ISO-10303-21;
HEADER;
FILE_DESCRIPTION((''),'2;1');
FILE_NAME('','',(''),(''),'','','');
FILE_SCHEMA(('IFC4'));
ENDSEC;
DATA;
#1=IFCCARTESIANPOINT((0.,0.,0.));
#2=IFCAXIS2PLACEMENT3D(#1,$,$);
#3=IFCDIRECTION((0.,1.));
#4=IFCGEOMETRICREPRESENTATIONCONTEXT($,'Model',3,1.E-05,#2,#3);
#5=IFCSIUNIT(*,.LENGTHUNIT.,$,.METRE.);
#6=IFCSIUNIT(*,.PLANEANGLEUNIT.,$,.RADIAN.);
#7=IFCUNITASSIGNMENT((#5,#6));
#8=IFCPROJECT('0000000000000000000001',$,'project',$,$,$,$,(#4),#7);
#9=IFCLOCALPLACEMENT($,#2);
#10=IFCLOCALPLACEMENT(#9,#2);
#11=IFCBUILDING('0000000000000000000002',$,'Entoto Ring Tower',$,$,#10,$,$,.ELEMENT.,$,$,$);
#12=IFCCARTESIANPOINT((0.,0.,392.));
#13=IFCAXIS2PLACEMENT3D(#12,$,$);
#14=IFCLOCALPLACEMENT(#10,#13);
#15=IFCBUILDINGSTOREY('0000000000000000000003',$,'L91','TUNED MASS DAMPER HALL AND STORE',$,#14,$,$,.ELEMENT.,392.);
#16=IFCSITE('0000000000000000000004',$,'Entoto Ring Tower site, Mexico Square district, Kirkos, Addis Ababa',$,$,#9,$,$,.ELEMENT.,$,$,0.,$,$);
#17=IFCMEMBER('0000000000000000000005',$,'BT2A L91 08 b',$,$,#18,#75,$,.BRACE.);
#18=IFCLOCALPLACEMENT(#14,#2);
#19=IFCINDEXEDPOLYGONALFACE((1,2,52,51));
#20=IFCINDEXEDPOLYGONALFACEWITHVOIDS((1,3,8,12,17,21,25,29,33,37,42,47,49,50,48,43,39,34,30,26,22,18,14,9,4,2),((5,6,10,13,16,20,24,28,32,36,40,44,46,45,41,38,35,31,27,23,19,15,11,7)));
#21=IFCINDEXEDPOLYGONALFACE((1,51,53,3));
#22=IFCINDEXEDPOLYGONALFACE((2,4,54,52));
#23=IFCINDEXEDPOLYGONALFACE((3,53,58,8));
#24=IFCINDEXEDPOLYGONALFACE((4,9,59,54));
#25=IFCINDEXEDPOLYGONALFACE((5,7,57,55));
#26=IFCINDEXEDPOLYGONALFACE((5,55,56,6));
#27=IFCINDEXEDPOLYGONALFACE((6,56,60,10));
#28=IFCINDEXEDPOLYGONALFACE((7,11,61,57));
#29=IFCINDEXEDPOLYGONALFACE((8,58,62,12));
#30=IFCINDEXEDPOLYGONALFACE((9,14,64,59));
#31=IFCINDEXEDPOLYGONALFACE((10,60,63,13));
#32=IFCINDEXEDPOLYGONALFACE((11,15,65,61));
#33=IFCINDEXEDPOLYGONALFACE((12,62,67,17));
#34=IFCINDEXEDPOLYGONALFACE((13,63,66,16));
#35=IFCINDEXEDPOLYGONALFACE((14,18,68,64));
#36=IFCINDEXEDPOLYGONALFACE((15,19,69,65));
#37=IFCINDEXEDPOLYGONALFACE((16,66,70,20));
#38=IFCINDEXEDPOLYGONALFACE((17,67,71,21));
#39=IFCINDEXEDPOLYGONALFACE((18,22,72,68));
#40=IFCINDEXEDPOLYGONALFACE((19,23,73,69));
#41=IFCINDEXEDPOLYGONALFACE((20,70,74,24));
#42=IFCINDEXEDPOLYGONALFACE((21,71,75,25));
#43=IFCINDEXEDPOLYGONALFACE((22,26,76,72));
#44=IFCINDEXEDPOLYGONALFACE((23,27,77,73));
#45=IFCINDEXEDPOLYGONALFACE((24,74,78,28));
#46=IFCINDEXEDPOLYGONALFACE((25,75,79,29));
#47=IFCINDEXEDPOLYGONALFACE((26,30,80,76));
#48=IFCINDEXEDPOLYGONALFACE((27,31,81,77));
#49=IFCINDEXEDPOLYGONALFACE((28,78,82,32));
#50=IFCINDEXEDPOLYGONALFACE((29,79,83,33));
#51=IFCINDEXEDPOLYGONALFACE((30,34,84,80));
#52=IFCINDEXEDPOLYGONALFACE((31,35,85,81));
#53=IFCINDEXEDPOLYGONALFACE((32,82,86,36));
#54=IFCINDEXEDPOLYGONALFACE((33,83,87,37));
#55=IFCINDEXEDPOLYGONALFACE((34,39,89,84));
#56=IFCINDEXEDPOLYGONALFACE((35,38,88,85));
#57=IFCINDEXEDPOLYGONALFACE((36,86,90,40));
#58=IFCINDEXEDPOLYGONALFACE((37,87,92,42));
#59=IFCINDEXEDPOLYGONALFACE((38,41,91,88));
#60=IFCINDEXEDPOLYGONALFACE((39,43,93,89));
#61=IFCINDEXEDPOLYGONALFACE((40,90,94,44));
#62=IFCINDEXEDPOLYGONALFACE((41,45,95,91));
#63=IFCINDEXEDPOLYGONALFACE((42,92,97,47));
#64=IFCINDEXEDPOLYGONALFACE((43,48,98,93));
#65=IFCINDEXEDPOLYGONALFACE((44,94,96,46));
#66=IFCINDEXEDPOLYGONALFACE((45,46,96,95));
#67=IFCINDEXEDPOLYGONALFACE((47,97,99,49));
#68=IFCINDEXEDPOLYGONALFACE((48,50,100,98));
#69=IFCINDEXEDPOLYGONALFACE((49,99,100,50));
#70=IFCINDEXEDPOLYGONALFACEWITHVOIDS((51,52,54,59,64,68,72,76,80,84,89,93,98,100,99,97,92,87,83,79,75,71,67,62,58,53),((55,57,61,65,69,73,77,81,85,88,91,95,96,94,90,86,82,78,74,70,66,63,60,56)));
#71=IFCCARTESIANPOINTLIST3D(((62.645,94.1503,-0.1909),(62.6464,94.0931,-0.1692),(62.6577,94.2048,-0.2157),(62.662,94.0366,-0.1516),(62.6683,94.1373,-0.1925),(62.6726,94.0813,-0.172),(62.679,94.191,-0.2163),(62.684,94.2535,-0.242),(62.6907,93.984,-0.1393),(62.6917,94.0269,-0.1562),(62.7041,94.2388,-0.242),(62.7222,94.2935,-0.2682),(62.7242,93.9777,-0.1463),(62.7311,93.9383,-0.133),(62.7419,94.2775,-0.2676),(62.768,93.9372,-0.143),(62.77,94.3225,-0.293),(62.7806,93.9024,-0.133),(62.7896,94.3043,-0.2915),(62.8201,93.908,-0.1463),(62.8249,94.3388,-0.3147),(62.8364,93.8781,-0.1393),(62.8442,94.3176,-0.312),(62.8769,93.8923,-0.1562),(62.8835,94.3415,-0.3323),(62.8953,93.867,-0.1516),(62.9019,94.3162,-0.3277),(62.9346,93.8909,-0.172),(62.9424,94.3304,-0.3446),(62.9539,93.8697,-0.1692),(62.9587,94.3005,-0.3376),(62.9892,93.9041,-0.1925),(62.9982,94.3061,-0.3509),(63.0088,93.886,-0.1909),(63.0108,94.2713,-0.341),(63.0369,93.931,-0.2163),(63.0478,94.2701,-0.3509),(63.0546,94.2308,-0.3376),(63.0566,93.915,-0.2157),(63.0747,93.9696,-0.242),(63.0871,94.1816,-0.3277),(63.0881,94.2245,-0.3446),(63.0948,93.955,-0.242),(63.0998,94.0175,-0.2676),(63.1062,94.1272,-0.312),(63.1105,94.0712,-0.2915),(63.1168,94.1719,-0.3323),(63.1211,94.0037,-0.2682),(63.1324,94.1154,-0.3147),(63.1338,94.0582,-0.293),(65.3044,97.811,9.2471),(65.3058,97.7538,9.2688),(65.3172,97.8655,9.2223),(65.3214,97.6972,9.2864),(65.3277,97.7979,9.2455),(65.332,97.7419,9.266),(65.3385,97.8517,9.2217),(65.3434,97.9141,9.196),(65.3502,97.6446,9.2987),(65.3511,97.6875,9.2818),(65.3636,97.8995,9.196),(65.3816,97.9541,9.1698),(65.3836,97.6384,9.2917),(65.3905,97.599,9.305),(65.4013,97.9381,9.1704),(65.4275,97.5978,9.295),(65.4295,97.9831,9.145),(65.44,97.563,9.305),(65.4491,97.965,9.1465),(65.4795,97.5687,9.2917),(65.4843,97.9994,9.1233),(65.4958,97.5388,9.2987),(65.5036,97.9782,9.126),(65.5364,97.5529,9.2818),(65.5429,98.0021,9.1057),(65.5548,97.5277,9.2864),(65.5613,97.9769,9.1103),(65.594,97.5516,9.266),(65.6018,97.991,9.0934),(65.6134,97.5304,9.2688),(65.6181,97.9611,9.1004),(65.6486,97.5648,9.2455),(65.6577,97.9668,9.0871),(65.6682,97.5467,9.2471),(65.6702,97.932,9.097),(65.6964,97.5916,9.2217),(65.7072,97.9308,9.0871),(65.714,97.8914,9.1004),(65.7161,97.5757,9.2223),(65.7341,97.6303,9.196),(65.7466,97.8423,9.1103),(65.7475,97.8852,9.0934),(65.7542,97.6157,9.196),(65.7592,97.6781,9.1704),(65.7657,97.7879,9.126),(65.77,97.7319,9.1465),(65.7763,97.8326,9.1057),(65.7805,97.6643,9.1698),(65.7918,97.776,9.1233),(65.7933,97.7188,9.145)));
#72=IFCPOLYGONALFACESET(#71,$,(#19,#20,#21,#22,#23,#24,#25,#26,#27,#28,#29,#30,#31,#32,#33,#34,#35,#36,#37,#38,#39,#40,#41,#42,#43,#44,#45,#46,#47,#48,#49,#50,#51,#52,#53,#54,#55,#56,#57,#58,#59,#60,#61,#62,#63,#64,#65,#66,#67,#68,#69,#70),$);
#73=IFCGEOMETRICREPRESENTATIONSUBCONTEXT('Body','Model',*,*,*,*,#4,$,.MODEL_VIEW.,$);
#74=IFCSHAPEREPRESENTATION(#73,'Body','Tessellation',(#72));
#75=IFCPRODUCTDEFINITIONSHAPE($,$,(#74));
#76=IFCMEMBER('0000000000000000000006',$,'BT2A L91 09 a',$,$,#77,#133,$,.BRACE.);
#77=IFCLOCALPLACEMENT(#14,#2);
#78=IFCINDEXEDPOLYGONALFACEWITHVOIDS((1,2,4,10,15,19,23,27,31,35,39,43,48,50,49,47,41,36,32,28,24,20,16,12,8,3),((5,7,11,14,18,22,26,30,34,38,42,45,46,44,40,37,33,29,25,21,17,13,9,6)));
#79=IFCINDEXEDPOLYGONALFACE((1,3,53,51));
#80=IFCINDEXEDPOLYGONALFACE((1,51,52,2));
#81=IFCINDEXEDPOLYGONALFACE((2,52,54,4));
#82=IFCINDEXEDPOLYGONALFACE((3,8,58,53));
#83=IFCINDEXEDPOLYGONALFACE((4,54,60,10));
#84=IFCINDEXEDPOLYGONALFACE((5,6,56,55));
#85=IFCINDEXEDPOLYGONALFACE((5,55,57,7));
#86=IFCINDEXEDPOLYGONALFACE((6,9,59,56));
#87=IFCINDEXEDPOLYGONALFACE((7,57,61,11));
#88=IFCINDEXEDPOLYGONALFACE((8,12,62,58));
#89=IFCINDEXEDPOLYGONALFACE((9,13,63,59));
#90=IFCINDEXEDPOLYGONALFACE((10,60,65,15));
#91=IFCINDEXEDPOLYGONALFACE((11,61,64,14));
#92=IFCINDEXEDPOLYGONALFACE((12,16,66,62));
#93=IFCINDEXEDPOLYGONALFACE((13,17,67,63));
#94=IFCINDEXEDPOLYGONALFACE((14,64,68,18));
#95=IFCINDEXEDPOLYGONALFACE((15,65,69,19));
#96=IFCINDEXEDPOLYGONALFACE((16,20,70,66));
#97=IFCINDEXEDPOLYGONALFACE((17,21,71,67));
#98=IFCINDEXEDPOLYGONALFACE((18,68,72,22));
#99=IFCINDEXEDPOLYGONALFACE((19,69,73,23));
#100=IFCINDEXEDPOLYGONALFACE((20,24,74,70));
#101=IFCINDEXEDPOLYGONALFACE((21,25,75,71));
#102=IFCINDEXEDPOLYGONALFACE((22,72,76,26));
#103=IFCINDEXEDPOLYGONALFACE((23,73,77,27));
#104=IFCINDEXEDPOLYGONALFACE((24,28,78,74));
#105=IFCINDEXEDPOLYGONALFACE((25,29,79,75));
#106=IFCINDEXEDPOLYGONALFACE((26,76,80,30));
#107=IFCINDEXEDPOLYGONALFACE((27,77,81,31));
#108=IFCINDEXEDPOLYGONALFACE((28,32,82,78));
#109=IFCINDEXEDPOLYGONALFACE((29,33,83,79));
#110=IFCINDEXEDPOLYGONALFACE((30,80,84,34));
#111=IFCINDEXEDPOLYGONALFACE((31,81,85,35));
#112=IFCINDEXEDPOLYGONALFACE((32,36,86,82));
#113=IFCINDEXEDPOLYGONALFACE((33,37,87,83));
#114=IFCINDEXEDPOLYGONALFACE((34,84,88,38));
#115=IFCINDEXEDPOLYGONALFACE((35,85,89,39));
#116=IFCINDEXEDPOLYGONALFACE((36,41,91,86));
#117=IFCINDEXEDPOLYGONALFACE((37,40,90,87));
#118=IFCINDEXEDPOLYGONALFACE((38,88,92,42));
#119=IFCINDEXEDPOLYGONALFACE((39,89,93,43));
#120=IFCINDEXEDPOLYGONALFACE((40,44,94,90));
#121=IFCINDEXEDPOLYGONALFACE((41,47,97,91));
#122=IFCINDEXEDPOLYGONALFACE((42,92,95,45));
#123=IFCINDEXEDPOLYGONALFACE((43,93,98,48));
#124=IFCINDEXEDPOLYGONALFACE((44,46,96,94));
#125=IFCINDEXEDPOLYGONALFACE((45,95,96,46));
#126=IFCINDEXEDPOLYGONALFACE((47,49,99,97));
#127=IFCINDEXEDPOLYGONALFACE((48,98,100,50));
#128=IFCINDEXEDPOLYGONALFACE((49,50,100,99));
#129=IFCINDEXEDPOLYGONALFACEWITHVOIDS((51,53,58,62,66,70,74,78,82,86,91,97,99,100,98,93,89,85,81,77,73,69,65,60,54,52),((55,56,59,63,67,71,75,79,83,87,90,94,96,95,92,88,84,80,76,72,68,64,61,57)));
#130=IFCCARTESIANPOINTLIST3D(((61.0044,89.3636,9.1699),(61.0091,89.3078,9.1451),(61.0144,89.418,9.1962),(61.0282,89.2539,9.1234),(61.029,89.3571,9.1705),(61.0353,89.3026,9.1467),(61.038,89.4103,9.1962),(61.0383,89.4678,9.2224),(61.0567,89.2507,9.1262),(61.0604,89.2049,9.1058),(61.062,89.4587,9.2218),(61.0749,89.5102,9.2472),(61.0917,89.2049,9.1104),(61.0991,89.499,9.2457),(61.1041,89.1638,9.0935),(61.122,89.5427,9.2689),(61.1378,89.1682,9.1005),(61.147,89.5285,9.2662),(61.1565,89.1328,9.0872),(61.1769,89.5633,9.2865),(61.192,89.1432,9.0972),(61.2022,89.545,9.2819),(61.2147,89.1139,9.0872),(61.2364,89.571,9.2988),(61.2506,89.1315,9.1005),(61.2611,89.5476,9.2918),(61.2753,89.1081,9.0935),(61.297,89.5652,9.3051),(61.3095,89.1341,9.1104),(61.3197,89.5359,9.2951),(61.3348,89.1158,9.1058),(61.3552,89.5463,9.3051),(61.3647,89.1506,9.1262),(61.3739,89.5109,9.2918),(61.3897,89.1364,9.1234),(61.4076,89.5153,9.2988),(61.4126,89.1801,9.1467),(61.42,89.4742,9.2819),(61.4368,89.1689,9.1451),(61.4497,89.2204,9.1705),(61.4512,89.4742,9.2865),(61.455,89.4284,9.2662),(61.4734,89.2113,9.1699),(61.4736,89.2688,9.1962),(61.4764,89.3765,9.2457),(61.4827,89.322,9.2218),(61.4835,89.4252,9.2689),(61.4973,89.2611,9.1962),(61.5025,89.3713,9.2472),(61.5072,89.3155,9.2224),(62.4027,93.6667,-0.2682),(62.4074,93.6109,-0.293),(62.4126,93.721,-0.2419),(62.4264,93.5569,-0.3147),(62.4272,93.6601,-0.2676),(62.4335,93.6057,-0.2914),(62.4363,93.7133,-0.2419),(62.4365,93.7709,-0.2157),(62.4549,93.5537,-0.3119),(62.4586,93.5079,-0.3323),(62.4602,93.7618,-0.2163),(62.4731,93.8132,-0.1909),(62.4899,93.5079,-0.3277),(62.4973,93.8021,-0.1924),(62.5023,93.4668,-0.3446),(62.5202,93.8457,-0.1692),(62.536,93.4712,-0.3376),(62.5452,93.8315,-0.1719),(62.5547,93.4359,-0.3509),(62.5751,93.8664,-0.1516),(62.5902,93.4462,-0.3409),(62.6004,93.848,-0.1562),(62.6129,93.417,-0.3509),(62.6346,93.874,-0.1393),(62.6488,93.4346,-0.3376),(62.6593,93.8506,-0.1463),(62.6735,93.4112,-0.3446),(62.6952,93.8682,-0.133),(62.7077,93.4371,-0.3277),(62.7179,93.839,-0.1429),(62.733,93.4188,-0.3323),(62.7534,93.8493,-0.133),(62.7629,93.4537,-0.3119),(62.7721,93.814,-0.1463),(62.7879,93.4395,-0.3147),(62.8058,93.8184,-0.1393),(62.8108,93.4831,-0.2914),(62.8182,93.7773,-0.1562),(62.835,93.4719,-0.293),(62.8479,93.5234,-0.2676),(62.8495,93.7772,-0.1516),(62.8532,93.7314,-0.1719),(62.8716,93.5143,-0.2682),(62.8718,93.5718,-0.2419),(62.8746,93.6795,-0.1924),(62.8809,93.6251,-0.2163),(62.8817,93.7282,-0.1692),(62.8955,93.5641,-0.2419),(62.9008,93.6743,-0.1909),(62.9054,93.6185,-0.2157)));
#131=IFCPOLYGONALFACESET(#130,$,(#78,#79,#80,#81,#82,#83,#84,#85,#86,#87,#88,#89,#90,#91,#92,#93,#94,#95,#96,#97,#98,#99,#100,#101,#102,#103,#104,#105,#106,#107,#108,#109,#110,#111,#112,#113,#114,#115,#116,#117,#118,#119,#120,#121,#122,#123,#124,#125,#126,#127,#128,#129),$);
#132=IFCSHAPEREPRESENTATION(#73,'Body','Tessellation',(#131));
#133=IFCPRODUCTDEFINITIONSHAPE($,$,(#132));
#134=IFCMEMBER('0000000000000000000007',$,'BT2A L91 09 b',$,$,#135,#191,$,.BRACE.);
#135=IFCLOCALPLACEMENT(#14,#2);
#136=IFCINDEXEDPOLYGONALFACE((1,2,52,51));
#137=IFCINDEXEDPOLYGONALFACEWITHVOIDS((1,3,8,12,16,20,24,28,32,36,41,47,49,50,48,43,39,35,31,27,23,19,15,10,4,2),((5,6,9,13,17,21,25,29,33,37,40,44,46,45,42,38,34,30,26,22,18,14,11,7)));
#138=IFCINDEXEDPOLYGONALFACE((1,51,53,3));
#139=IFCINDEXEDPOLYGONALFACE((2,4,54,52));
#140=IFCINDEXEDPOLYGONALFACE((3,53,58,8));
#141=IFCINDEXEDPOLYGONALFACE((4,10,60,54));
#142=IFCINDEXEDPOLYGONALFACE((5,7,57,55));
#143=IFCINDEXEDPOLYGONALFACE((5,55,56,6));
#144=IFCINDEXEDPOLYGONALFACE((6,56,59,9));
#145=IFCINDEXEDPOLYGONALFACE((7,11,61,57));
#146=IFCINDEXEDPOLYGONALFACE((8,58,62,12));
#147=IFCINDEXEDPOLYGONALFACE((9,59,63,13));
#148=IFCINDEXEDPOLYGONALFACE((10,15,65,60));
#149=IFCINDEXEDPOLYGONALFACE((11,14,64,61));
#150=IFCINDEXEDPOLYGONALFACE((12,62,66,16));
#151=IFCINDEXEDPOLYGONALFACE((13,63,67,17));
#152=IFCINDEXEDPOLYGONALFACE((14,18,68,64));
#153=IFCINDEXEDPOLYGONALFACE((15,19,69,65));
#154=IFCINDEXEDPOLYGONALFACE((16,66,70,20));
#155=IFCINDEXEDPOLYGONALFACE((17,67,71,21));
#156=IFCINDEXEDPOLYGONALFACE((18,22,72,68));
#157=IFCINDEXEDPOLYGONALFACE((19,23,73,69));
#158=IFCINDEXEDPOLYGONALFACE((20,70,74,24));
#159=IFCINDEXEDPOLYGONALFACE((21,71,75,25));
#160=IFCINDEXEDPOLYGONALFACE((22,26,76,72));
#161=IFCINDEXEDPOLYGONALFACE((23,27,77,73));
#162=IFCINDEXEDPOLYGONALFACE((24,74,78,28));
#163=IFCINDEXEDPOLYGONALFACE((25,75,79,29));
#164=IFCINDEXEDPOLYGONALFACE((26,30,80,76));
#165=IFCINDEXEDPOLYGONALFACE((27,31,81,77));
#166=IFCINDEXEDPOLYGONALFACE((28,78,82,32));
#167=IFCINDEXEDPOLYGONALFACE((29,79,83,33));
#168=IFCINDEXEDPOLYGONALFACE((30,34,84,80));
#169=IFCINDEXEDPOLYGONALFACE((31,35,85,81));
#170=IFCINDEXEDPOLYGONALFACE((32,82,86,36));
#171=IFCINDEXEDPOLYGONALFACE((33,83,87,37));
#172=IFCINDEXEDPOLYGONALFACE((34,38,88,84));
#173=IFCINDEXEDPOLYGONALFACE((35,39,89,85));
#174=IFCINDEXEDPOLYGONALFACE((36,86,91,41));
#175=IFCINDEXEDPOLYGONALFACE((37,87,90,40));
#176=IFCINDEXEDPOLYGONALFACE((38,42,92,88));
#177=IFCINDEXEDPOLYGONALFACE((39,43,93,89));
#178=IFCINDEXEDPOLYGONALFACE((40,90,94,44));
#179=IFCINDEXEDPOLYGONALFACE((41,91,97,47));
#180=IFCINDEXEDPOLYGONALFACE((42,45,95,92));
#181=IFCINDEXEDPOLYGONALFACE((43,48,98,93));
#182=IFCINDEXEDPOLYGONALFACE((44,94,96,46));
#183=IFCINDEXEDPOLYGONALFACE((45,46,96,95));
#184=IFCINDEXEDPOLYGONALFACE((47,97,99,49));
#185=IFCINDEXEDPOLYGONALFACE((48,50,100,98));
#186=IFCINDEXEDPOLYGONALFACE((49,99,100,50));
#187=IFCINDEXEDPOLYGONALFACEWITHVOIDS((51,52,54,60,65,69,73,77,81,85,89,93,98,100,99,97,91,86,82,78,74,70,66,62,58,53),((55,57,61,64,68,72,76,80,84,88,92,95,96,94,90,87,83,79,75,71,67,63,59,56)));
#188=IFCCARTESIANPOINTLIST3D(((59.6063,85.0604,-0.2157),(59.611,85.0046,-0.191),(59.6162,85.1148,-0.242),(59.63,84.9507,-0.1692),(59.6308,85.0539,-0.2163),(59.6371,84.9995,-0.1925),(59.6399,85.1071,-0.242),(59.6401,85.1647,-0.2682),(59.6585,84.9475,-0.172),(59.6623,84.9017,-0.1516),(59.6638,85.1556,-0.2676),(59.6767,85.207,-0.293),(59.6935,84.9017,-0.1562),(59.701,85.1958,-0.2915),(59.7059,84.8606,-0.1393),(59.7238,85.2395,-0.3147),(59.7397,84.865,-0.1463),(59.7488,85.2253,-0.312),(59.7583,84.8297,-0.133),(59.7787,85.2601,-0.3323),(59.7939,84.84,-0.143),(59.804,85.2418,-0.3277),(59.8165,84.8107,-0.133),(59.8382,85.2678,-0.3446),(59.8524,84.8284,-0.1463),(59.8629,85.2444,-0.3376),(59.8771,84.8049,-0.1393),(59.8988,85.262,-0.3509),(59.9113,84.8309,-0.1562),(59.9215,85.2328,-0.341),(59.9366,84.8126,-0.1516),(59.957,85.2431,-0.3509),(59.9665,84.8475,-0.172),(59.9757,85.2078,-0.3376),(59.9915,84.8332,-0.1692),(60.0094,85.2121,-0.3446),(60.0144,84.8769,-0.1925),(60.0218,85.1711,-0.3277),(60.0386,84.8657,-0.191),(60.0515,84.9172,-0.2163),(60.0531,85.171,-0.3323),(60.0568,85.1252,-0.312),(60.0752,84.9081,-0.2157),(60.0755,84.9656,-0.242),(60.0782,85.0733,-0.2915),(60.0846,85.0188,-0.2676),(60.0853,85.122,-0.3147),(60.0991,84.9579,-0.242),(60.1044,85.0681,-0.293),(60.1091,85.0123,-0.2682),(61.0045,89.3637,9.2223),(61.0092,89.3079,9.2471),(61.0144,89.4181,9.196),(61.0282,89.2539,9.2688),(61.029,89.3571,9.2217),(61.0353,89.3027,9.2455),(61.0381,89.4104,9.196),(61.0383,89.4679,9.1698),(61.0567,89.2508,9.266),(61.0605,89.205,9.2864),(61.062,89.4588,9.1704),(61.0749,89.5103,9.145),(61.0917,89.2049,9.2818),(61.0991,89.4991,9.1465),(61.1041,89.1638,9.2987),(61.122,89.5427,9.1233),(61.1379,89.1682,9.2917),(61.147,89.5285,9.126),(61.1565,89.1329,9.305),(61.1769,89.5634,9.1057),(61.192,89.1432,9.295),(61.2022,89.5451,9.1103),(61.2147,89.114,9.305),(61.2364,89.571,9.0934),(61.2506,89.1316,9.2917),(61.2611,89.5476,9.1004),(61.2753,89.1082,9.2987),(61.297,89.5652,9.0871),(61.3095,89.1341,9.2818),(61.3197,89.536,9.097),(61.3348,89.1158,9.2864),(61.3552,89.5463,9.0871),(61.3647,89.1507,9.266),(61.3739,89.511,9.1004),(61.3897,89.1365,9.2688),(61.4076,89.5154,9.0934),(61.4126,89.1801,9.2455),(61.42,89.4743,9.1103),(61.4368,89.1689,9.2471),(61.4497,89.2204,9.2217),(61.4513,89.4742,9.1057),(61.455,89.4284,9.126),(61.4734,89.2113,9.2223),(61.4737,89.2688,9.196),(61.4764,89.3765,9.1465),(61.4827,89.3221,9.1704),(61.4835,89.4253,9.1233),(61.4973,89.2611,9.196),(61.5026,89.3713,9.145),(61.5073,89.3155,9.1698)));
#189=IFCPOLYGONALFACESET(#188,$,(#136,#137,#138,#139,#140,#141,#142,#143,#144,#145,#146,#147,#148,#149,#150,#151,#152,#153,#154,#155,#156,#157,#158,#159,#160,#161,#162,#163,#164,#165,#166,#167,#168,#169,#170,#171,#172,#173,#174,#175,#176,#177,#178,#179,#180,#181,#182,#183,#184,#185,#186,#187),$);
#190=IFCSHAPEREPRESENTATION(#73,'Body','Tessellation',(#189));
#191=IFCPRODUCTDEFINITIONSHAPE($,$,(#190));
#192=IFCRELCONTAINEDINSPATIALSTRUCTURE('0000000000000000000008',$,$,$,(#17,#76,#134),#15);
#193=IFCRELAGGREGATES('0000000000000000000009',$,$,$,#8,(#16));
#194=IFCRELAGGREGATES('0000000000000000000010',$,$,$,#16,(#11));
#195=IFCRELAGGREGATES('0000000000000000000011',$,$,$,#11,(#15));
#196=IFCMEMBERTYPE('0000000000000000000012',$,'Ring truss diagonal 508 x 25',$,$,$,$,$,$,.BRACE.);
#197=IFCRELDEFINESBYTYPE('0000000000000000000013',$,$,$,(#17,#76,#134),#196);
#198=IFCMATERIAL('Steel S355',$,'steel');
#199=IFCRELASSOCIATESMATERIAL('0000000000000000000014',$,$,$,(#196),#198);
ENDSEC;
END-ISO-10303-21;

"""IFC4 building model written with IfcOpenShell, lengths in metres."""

from ifc_helpers import new_model, si_unit, direction, frame, origin, origin_2d, place, context, subcontext, project, spatial, circle, hollow_circle, extrude, material, material_profile, profile_set, type_object, element, save


model = new_model("IFC4")

# Units and contexts
model_context = context("Model", 3, precision=1e-05, world=origin(), true_north=direction((0.0, 1.0)))
body_context = subcontext(model_context, "Body", "Model", "MODEL_VIEW")
ifc_project = project(units=[si_unit("LENGTHUNIT", "METRE"), si_unit("PLANEANGLEUNIT", "RADIAN")], contexts=[model_context])

# Site, building, storey
site_placement = place(None, origin())
site = spatial("IfcSite", under=ifc_project, at=site_placement, Name="Entoto Ring Tower site, Mexico Square district, Kirkos, Addis Ababa", CompositionType="ELEMENT", RefElevation=0.0)
building_placement = place(site_placement, origin())
building = spatial("IfcBuilding", under=site, at=building_placement, Name="Entoto Ring Tower", CompositionType="ELEMENT")
storey_placement = place(building_placement, frame((0.0, 0.0, 392.0)))
storey = spatial("IfcBuildingStorey", under=building, at=storey_placement, Name="L91", Description="TUNED MASS DAMPER HALL AND STORE", CompositionType="ELEMENT", Elevation=392.0)

# Members
ifc_material_1 = material(Name="Steel S355", Category="steel")
ifc_material_profile_1 = material_profile(ifc_material_1, hollow_circle(Radius=0.2539, WallThickness=0.0249, at=origin_2d()), Name="CHS 508 x 25")
ifc_material_2 = material(Name="Concrete C60/75", Category="concrete")
ifc_material_profile_2 = material_profile(ifc_material_2, circle(Radius=0.229, at=origin_2d()), Name="Concrete C60/75 infill")
ifc_profile_set_1 = profile_set([ifc_material_profile_1, ifc_material_profile_2], Name="Steel S355")
member_type_1 = type_object("IfcMemberType", Name="Ring truss diagonal 508 x 25", PredefinedType="BRACE", material=ifc_profile_set_1)
for number, where, z_axis, x_axis, name in (
    (1, (65.5488, 97.7649, 9.196), (-0.254088, -0.349747, -0.901729), (0.809037, -0.587758, 0.0), "BT2A L91 08 b"),
    (2, (62.6541, 93.6426, -0.2419), (-0.133588, -0.411122, 0.901739), (0.951052, -0.309031, 0.0), "BT2A L91 09 a"),
    (3, (61.2559, 89.3396, 9.196), (-0.133587, -0.411141, -0.90173), (0.951057, -0.309015, 0.0), "BT2A L91 09 b"),
):
    element("IfcMember", number, at=place(storey_placement, frame(where, z_axis=z_axis, x_axis=x_axis)), inside=storey, type_object=member_type_1, Name=name, PredefinedType="BRACE", context=body_context, shape_type="SweptSolid", body=[
        extrude(hollow_circle(Radius=0.2539, WallThickness=0.0249, at=origin_2d()), origin(), (0.0, 0.0, 1.0), 10.4666),
    ])

save(model, "model.ifc")
